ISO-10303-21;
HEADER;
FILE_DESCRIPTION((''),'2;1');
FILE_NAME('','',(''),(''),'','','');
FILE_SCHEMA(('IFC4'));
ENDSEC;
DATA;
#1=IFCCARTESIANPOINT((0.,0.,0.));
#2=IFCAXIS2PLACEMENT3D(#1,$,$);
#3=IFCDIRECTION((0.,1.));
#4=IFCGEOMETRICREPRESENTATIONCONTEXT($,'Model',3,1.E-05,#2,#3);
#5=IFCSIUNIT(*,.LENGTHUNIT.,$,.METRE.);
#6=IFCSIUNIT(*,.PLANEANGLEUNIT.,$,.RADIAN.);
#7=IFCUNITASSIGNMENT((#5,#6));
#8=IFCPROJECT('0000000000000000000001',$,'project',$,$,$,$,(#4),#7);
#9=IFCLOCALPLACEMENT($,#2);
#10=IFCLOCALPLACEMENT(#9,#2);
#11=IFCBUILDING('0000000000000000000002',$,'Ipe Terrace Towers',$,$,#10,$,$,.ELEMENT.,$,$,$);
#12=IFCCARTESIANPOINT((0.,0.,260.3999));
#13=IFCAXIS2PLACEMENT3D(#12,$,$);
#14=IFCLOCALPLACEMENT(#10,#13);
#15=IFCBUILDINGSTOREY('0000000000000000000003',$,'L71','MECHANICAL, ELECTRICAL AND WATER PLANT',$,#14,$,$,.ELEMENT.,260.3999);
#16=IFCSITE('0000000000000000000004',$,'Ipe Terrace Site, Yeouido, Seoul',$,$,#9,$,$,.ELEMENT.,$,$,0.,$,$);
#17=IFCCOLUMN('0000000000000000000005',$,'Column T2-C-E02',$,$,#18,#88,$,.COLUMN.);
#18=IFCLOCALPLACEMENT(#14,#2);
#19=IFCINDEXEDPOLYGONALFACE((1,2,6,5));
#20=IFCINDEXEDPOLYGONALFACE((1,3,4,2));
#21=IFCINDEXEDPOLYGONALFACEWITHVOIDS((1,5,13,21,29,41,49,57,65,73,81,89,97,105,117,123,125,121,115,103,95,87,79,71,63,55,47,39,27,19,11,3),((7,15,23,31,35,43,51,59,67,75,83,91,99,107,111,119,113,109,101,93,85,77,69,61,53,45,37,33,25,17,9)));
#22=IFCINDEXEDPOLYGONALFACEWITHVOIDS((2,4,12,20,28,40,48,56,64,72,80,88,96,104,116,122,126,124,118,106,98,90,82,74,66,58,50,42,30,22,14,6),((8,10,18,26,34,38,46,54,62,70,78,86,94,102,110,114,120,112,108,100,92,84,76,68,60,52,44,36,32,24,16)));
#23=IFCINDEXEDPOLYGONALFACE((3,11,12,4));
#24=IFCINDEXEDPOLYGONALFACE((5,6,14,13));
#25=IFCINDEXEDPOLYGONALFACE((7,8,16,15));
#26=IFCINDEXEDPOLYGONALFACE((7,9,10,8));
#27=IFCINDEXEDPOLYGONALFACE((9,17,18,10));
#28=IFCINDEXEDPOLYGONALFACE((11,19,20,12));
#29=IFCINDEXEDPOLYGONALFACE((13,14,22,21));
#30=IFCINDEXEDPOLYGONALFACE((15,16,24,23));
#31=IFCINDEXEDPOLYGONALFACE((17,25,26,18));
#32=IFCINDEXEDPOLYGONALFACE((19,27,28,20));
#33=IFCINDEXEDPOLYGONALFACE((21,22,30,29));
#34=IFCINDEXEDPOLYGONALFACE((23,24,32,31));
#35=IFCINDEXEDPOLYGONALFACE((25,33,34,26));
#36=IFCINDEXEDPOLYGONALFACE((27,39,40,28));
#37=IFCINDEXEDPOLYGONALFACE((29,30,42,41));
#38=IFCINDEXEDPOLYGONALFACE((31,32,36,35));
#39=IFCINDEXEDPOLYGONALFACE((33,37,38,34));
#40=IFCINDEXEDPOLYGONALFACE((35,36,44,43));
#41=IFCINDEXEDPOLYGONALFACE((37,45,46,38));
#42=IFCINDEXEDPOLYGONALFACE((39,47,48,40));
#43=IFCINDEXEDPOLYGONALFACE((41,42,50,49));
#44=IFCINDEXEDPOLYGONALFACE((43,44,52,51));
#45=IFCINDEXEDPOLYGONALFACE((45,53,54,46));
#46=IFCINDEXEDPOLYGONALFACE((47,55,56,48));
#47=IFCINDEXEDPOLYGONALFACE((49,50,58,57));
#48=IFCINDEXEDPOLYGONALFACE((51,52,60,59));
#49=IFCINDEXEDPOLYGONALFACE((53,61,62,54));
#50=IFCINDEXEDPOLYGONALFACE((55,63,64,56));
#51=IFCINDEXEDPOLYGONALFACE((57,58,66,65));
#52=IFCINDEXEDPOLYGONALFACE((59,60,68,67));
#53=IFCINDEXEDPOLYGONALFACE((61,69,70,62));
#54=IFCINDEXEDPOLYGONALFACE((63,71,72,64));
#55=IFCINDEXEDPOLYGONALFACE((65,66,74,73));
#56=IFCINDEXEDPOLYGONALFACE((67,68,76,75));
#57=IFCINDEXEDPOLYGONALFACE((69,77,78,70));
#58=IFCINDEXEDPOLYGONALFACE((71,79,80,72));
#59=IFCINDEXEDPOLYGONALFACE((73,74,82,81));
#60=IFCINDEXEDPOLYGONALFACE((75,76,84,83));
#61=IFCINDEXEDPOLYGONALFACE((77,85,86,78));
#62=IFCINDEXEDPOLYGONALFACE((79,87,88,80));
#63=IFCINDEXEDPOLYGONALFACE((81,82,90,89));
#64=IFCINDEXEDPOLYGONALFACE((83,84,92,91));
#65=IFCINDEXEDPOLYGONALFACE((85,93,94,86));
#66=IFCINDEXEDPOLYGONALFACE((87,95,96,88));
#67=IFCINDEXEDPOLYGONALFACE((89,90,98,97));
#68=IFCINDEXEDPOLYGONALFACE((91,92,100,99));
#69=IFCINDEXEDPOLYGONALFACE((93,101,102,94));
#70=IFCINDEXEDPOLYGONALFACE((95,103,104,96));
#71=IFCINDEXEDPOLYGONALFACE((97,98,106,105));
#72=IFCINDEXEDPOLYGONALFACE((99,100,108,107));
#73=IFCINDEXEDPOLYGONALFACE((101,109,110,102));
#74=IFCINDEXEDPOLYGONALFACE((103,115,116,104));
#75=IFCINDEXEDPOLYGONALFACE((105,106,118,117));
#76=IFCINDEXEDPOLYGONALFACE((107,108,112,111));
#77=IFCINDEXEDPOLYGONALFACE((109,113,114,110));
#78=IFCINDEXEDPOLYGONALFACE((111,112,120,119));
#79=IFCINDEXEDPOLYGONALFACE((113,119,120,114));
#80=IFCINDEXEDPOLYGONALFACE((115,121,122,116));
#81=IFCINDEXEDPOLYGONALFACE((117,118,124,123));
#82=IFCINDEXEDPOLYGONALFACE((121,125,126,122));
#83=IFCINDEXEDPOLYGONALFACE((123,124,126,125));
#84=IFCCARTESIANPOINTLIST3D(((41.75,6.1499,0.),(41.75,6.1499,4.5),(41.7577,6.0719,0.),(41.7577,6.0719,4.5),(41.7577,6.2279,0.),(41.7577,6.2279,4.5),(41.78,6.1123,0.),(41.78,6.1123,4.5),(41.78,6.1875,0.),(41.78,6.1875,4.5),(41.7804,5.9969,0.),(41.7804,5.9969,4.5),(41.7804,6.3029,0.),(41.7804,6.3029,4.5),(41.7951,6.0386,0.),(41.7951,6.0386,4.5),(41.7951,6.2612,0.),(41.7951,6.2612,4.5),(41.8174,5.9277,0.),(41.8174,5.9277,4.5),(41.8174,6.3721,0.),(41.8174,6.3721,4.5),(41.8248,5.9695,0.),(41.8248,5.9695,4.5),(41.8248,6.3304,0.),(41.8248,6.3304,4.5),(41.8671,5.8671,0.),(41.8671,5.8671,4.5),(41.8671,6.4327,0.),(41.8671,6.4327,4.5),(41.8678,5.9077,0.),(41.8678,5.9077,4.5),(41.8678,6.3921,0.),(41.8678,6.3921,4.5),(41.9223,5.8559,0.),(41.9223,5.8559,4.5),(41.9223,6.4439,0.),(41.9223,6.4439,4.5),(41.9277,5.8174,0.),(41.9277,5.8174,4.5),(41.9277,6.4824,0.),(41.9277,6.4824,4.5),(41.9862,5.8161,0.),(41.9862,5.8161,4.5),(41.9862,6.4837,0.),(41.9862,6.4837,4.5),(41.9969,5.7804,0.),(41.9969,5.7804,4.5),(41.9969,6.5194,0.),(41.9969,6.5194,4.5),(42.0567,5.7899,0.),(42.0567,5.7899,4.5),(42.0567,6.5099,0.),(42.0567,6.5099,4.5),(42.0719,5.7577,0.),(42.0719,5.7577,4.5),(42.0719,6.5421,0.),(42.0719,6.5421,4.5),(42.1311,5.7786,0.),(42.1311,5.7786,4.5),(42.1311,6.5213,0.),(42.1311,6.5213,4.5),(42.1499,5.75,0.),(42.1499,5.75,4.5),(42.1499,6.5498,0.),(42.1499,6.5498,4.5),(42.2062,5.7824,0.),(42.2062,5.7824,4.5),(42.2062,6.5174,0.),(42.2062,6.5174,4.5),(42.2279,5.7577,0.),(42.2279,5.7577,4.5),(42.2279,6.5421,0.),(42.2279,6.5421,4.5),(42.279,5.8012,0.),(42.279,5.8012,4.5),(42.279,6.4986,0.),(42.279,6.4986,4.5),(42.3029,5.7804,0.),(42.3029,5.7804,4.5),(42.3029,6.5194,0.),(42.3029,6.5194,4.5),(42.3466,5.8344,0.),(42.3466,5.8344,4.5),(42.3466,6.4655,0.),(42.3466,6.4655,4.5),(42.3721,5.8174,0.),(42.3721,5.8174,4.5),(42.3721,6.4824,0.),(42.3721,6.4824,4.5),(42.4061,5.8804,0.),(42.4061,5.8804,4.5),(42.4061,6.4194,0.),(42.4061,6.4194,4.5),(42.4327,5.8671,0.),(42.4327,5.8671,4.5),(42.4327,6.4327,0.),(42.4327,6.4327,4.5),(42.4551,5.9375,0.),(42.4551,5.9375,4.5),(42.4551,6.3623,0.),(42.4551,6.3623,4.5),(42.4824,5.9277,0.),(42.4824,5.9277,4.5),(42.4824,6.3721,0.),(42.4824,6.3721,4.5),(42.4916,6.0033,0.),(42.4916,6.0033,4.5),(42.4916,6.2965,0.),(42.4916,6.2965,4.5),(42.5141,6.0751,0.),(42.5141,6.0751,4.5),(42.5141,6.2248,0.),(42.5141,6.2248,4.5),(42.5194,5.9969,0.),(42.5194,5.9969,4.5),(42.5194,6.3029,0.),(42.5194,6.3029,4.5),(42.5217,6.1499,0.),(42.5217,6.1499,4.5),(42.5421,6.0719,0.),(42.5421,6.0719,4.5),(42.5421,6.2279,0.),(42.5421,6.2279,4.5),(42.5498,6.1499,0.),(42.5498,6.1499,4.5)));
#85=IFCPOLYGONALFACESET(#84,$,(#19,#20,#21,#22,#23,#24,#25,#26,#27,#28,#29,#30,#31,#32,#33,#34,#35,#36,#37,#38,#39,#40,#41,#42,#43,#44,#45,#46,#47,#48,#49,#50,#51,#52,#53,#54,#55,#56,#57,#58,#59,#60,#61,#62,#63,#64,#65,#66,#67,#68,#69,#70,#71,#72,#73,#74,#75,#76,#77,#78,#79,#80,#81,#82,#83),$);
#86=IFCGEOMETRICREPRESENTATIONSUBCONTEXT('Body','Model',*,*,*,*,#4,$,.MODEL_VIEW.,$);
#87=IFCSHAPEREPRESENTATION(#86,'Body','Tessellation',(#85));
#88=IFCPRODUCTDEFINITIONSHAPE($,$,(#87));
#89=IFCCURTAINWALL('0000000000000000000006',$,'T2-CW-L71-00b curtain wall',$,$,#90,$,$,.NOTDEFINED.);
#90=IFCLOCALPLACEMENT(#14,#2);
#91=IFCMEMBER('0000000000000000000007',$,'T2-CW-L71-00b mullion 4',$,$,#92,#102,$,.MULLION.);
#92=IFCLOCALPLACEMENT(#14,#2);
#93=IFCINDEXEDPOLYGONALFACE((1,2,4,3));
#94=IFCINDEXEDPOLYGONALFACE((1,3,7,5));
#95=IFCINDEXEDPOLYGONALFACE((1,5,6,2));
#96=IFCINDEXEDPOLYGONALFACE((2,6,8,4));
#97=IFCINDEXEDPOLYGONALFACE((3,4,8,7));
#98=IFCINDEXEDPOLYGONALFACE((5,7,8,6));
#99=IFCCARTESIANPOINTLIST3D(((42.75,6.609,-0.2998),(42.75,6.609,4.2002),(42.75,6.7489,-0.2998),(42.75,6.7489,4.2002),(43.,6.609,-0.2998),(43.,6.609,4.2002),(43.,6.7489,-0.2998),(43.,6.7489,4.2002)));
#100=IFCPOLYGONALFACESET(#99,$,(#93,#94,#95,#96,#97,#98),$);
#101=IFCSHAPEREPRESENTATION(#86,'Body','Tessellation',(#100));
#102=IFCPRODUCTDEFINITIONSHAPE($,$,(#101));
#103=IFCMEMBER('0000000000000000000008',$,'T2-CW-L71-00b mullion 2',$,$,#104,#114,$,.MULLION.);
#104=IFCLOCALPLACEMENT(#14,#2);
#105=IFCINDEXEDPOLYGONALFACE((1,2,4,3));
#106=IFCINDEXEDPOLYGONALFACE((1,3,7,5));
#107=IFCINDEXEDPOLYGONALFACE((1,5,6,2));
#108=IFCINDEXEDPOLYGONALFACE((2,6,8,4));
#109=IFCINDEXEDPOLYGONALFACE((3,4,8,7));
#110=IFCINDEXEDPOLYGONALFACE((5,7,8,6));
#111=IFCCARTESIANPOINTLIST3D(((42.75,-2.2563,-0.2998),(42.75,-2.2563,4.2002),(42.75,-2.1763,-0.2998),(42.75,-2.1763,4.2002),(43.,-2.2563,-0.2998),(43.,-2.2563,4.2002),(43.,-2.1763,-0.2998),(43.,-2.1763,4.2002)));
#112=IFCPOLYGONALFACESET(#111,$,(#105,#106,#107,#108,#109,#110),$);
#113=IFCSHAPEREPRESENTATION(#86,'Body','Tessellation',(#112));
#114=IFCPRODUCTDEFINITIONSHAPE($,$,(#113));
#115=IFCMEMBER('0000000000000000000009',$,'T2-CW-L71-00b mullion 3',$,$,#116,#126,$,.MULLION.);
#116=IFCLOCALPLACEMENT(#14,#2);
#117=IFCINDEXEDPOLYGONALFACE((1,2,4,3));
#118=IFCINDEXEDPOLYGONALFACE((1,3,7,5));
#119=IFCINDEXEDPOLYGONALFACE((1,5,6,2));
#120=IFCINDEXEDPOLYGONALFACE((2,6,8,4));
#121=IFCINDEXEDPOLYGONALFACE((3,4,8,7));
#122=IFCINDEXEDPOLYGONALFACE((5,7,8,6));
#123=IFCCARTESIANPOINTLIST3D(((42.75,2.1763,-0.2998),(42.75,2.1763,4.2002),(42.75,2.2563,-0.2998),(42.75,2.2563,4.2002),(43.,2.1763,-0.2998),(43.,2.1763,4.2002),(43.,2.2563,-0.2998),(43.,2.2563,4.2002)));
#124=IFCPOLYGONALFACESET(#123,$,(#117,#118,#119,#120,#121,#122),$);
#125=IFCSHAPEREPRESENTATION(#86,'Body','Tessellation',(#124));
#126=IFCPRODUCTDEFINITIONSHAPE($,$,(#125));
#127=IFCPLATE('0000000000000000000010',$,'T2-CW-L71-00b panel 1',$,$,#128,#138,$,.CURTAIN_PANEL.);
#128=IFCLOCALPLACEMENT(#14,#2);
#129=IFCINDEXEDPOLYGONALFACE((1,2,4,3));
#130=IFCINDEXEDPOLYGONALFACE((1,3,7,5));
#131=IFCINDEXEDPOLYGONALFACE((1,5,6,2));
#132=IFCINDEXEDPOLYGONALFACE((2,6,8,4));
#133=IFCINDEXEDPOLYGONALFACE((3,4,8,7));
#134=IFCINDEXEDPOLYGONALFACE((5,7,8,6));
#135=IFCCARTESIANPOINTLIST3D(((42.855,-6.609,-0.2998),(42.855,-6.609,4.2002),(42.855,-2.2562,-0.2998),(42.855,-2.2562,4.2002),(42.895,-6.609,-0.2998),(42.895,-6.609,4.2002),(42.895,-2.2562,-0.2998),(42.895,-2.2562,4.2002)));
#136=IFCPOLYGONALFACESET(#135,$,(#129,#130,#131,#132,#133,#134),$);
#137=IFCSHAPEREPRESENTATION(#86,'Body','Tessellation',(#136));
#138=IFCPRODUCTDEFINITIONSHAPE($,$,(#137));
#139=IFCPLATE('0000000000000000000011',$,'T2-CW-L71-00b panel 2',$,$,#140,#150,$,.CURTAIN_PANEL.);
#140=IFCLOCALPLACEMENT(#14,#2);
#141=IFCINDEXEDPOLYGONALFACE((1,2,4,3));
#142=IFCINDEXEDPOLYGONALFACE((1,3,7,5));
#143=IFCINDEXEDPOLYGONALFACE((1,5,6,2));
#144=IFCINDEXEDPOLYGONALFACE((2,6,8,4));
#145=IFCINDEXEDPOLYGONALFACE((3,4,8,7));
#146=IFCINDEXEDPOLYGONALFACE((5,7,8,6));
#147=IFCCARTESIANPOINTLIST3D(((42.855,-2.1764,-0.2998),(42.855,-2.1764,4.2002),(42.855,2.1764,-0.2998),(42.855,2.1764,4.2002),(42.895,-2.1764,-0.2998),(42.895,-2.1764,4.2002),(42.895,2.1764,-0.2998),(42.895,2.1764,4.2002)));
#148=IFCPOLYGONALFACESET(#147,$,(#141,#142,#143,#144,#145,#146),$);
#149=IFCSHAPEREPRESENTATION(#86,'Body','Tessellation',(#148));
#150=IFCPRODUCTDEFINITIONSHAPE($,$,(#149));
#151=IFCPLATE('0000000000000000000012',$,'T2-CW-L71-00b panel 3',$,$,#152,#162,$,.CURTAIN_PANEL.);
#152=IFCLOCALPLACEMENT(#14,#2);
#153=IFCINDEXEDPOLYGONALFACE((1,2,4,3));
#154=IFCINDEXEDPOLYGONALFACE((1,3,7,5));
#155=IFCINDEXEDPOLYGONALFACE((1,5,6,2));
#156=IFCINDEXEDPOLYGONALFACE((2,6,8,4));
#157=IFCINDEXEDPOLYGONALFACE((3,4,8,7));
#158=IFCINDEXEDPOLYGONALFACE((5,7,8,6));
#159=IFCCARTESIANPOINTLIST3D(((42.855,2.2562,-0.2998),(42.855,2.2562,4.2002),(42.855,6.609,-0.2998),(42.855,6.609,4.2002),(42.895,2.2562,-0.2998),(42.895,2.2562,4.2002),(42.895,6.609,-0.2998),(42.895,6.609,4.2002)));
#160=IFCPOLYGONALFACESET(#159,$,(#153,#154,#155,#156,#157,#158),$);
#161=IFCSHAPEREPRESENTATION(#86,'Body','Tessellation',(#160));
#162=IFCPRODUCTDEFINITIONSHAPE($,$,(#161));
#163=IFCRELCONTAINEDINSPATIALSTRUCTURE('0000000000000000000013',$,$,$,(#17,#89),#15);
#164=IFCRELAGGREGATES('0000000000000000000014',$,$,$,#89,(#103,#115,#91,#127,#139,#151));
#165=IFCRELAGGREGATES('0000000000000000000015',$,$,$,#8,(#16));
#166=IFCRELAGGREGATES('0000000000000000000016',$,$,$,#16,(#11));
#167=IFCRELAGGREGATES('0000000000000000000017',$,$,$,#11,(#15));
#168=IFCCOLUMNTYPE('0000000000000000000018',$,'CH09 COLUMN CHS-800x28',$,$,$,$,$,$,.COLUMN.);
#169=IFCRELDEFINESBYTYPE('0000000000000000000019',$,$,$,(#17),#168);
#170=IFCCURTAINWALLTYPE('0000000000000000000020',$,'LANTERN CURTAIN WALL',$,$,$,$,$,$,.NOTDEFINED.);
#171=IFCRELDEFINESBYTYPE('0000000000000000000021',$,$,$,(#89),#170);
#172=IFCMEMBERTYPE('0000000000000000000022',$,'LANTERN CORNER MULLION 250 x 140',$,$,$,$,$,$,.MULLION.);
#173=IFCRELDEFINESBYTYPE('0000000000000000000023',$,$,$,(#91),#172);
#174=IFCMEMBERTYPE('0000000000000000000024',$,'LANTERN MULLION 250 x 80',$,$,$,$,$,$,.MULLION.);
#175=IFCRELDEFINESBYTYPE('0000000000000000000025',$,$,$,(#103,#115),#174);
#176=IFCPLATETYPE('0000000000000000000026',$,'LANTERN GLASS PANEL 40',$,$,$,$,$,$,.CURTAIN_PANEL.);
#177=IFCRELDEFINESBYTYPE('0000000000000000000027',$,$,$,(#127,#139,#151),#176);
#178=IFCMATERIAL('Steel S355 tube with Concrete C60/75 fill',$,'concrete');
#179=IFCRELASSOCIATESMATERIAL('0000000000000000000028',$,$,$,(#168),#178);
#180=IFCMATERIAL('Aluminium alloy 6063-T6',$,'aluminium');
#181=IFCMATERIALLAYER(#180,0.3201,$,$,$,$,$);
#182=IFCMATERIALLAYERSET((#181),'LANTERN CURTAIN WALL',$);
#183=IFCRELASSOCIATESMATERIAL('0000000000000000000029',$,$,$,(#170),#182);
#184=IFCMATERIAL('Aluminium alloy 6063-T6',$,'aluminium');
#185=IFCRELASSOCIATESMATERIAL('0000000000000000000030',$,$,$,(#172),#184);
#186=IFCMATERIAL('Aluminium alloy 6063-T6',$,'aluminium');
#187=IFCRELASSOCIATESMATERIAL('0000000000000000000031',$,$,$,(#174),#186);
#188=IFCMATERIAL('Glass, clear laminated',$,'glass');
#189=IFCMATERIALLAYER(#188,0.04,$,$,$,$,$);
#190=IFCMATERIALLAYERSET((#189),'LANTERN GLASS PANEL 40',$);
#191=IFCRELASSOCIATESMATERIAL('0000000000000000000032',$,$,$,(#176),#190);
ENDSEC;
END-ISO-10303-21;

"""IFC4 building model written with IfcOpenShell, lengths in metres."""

from ifc_helpers import new_model, si_unit, direction, frame, origin, origin_2d, place, context, subcontext, project, spatial, rectangle, hollow_circle, extrude, material, layer, layer_set, material_profile, profile_set, type_object, element, aggregate, save


model = new_model("IFC4")

# Units and contexts
model_context = context("Model", 3, precision=1e-05, world=origin(), true_north=direction((0.0, 1.0)))
body_context = subcontext(model_context, "Body", "Model", "MODEL_VIEW")
ifc_project = project(units=[si_unit("LENGTHUNIT", "METRE"), si_unit("PLANEANGLEUNIT", "RADIAN")], contexts=[model_context])

# Site, building, storey
site_placement = place(None, origin())
site = spatial("IfcSite", under=ifc_project, at=site_placement, Name="Ipe Terrace Site, Yeouido, Seoul", CompositionType="ELEMENT", RefElevation=0.0)
building_placement = place(site_placement, origin())
building = spatial("IfcBuilding", under=site, at=building_placement, Name="Ipe Terrace Towers", CompositionType="ELEMENT")
storey_placement = place(building_placement, frame((0.0, 0.0, 260.3999)))
storey = spatial("IfcBuildingStorey", under=building, at=storey_placement, Name="L71", Description="MECHANICAL, ELECTRICAL AND WATER PLANT", CompositionType="ELEMENT", Elevation=260.3999)

# Column
ifc_material_1 = material(Name="Steel S355 tube with Concrete C60/75 fill", Category="concrete")
ifc_material_profile_1 = material_profile(ifc_material_1, hollow_circle(Radius=0.3999, WallThickness=0.0281, at=origin_2d()), Name="CHS-800x28")
ifc_profile_set_1 = profile_set([ifc_material_profile_1], Name="Steel S355 tube with Concrete C60/75 fill")
column_type = type_object("IfcColumnType", Name="CH09 COLUMN CHS-800x28", PredefinedType="COLUMN", material=ifc_profile_set_1)
column_placement = place(storey_placement, frame((42.1499, 6.1499, 0.0), z_axis=(0.0, 0.0, 1.0), x_axis=(1.0, 0.0, 0.0)))
element("IfcColumn", 1, at=column_placement, inside=storey, type_object=column_type, Name="Column T2-C-E02", PredefinedType="COLUMN", context=body_context, shape_type="SweptSolid", body=[
    extrude(hollow_circle(Radius=0.3999, WallThickness=0.0281, at=origin_2d()), origin(), (0.0, 0.0, 1.0), 4.5),
])

# Curtain wall, members, plates
ifc_material_2 = material(Name="Aluminium alloy 6063-T6", Category="aluminium")
ifc_layer_1 = layer(ifc_material_2, 0.3201)
ifc_layer_set_1 = layer_set([ifc_layer_1], Name="LANTERN CURTAIN WALL")
curtain_wall_type = type_object("IfcCurtainWallType", Name="LANTERN CURTAIN WALL", PredefinedType="NOTDEFINED", material=ifc_layer_set_1)
curtain_wall_placement = place(storey_placement, origin())
curtain_wall = element("IfcCurtainWall", 2, at=curtain_wall_placement, inside=storey, type_object=curtain_wall_type, Name="T2-CW-L71-00b curtain wall", PredefinedType="NOTDEFINED")
ifc_material_3 = material(Name="Aluminium alloy 6063-T6", Category="aluminium")
ifc_material_profile_2 = material_profile(ifc_material_3, rectangle(XDim=0.25, YDim=0.1399, at=origin_2d()), Name="LANTERN CORNER MULLION 250 x 140")
ifc_profile_set_2 = profile_set([ifc_material_profile_2], Name="Aluminium alloy 6063-T6")
member_type_1 = type_object("IfcMemberType", Name="LANTERN CORNER MULLION 250 x 140", PredefinedType="MULLION", material=ifc_profile_set_2)
member_1_placement = place(storey_placement, frame((42.875, 6.679, -0.2998), z_axis=(0.0, 0.0, 1.0), x_axis=(1.0, 0.0, 0.0)))
member_1 = element("IfcMember", 3, at=member_1_placement, type_object=member_type_1, Name="T2-CW-L71-00b mullion 4", PredefinedType="MULLION", context=body_context, shape_type="SweptSolid", body=[
    extrude(rectangle(XDim=0.25, YDim=0.1399, at=origin_2d()), origin(), (0.0, 0.0, 1.0), 4.5),
])
ifc_material_4 = material(Name="Aluminium alloy 6063-T6", Category="aluminium")
ifc_material_profile_3 = material_profile(ifc_material_4, rectangle(XDim=0.25, YDim=0.0801, at=origin_2d()), Name="LANTERN MULLION 250 x 80")
ifc_profile_set_3 = profile_set([ifc_material_profile_3], Name="Aluminium alloy 6063-T6")
member_type_2 = type_object("IfcMemberType", Name="LANTERN MULLION 250 x 80", PredefinedType="MULLION", material=ifc_profile_set_3)
member_2_placement = place(storey_placement, frame((42.875, -2.2163, -0.2998), z_axis=(0.0, 0.0, 1.0), x_axis=(1.0, 0.0, 0.0)))
member_2 = element("IfcMember", 4, at=member_2_placement, type_object=member_type_2, Name="T2-CW-L71-00b mullion 2", PredefinedType="MULLION", context=body_context, shape_type="SweptSolid", body=[
    extrude(rectangle(XDim=0.25, YDim=0.0801, at=origin_2d()), origin(), (0.0, 0.0, 1.0), 4.5),
])
member_3_placement = place(storey_placement, frame((42.875, 2.2163, -0.2998), z_axis=(0.0, 0.0, 1.0), x_axis=(1.0, 0.0, 0.0)))
member_3 = element("IfcMember", 5, at=member_3_placement, type_object=member_type_2, Name="T2-CW-L71-00b mullion 3", PredefinedType="MULLION", context=body_context, shape_type="SweptSolid", body=[
    extrude(rectangle(XDim=0.25, YDim=0.0801, at=origin_2d()), origin(), (0.0, 0.0, 1.0), 4.5),
])
ifc_material_5 = material(Name="Glass, clear laminated", Category="glass")
ifc_layer_2 = layer(ifc_material_5, 0.04)
ifc_layer_set_2 = layer_set([ifc_layer_2], Name="LANTERN GLASS PANEL 40")
plate_type = type_object("IfcPlateType", Name="LANTERN GLASS PANEL 40", PredefinedType="CURTAIN_PANEL", material=ifc_layer_set_2)
plate_1_placement = place(storey_placement, frame((42.875, -4.4326, -0.2998), z_axis=(0.0, 0.0, 1.0), x_axis=(0.0, 1.0, 0.0)))
plate_1 = element("IfcPlate", 6, at=plate_1_placement, type_object=plate_type, Name="T2-CW-L71-00b panel 1", PredefinedType="CURTAIN_PANEL", context=body_context, shape_type="SweptSolid", body=[
    extrude(rectangle(XDim=4.3528, YDim=0.04, at=origin_2d()), origin(), (0.0, 0.0, 1.0), 4.5),
])
plate_2_placement = place(storey_placement, frame((42.875, 0.0, -0.2998), z_axis=(0.0, 0.0, 1.0), x_axis=(0.0, 1.0, 0.0)))
plate_2 = element("IfcPlate", 7, at=plate_2_placement, type_object=plate_type, Name="T2-CW-L71-00b panel 2", PredefinedType="CURTAIN_PANEL", context=body_context, shape_type="SweptSolid", body=[
    extrude(rectangle(XDim=4.3528, YDim=0.04, at=origin_2d()), origin(), (0.0, 0.0, 1.0), 4.5),
])
plate_3_placement = place(storey_placement, frame((42.875, 4.4326, -0.2998), z_axis=(0.0, 0.0, 1.0), x_axis=(0.0, 1.0, 0.0)))
plate_3 = element("IfcPlate", 8, at=plate_3_placement, type_object=plate_type, Name="T2-CW-L71-00b panel 3", PredefinedType="CURTAIN_PANEL", context=body_context, shape_type="SweptSolid", body=[
    extrude(rectangle(XDim=4.3528, YDim=0.04, at=origin_2d()), origin(), (0.0, 0.0, 1.0), 4.5),
])
aggregate(curtain_wall, [member_2, member_3, member_1, plate_1, plate_2, plate_3])

save(model, "model.ifc")
